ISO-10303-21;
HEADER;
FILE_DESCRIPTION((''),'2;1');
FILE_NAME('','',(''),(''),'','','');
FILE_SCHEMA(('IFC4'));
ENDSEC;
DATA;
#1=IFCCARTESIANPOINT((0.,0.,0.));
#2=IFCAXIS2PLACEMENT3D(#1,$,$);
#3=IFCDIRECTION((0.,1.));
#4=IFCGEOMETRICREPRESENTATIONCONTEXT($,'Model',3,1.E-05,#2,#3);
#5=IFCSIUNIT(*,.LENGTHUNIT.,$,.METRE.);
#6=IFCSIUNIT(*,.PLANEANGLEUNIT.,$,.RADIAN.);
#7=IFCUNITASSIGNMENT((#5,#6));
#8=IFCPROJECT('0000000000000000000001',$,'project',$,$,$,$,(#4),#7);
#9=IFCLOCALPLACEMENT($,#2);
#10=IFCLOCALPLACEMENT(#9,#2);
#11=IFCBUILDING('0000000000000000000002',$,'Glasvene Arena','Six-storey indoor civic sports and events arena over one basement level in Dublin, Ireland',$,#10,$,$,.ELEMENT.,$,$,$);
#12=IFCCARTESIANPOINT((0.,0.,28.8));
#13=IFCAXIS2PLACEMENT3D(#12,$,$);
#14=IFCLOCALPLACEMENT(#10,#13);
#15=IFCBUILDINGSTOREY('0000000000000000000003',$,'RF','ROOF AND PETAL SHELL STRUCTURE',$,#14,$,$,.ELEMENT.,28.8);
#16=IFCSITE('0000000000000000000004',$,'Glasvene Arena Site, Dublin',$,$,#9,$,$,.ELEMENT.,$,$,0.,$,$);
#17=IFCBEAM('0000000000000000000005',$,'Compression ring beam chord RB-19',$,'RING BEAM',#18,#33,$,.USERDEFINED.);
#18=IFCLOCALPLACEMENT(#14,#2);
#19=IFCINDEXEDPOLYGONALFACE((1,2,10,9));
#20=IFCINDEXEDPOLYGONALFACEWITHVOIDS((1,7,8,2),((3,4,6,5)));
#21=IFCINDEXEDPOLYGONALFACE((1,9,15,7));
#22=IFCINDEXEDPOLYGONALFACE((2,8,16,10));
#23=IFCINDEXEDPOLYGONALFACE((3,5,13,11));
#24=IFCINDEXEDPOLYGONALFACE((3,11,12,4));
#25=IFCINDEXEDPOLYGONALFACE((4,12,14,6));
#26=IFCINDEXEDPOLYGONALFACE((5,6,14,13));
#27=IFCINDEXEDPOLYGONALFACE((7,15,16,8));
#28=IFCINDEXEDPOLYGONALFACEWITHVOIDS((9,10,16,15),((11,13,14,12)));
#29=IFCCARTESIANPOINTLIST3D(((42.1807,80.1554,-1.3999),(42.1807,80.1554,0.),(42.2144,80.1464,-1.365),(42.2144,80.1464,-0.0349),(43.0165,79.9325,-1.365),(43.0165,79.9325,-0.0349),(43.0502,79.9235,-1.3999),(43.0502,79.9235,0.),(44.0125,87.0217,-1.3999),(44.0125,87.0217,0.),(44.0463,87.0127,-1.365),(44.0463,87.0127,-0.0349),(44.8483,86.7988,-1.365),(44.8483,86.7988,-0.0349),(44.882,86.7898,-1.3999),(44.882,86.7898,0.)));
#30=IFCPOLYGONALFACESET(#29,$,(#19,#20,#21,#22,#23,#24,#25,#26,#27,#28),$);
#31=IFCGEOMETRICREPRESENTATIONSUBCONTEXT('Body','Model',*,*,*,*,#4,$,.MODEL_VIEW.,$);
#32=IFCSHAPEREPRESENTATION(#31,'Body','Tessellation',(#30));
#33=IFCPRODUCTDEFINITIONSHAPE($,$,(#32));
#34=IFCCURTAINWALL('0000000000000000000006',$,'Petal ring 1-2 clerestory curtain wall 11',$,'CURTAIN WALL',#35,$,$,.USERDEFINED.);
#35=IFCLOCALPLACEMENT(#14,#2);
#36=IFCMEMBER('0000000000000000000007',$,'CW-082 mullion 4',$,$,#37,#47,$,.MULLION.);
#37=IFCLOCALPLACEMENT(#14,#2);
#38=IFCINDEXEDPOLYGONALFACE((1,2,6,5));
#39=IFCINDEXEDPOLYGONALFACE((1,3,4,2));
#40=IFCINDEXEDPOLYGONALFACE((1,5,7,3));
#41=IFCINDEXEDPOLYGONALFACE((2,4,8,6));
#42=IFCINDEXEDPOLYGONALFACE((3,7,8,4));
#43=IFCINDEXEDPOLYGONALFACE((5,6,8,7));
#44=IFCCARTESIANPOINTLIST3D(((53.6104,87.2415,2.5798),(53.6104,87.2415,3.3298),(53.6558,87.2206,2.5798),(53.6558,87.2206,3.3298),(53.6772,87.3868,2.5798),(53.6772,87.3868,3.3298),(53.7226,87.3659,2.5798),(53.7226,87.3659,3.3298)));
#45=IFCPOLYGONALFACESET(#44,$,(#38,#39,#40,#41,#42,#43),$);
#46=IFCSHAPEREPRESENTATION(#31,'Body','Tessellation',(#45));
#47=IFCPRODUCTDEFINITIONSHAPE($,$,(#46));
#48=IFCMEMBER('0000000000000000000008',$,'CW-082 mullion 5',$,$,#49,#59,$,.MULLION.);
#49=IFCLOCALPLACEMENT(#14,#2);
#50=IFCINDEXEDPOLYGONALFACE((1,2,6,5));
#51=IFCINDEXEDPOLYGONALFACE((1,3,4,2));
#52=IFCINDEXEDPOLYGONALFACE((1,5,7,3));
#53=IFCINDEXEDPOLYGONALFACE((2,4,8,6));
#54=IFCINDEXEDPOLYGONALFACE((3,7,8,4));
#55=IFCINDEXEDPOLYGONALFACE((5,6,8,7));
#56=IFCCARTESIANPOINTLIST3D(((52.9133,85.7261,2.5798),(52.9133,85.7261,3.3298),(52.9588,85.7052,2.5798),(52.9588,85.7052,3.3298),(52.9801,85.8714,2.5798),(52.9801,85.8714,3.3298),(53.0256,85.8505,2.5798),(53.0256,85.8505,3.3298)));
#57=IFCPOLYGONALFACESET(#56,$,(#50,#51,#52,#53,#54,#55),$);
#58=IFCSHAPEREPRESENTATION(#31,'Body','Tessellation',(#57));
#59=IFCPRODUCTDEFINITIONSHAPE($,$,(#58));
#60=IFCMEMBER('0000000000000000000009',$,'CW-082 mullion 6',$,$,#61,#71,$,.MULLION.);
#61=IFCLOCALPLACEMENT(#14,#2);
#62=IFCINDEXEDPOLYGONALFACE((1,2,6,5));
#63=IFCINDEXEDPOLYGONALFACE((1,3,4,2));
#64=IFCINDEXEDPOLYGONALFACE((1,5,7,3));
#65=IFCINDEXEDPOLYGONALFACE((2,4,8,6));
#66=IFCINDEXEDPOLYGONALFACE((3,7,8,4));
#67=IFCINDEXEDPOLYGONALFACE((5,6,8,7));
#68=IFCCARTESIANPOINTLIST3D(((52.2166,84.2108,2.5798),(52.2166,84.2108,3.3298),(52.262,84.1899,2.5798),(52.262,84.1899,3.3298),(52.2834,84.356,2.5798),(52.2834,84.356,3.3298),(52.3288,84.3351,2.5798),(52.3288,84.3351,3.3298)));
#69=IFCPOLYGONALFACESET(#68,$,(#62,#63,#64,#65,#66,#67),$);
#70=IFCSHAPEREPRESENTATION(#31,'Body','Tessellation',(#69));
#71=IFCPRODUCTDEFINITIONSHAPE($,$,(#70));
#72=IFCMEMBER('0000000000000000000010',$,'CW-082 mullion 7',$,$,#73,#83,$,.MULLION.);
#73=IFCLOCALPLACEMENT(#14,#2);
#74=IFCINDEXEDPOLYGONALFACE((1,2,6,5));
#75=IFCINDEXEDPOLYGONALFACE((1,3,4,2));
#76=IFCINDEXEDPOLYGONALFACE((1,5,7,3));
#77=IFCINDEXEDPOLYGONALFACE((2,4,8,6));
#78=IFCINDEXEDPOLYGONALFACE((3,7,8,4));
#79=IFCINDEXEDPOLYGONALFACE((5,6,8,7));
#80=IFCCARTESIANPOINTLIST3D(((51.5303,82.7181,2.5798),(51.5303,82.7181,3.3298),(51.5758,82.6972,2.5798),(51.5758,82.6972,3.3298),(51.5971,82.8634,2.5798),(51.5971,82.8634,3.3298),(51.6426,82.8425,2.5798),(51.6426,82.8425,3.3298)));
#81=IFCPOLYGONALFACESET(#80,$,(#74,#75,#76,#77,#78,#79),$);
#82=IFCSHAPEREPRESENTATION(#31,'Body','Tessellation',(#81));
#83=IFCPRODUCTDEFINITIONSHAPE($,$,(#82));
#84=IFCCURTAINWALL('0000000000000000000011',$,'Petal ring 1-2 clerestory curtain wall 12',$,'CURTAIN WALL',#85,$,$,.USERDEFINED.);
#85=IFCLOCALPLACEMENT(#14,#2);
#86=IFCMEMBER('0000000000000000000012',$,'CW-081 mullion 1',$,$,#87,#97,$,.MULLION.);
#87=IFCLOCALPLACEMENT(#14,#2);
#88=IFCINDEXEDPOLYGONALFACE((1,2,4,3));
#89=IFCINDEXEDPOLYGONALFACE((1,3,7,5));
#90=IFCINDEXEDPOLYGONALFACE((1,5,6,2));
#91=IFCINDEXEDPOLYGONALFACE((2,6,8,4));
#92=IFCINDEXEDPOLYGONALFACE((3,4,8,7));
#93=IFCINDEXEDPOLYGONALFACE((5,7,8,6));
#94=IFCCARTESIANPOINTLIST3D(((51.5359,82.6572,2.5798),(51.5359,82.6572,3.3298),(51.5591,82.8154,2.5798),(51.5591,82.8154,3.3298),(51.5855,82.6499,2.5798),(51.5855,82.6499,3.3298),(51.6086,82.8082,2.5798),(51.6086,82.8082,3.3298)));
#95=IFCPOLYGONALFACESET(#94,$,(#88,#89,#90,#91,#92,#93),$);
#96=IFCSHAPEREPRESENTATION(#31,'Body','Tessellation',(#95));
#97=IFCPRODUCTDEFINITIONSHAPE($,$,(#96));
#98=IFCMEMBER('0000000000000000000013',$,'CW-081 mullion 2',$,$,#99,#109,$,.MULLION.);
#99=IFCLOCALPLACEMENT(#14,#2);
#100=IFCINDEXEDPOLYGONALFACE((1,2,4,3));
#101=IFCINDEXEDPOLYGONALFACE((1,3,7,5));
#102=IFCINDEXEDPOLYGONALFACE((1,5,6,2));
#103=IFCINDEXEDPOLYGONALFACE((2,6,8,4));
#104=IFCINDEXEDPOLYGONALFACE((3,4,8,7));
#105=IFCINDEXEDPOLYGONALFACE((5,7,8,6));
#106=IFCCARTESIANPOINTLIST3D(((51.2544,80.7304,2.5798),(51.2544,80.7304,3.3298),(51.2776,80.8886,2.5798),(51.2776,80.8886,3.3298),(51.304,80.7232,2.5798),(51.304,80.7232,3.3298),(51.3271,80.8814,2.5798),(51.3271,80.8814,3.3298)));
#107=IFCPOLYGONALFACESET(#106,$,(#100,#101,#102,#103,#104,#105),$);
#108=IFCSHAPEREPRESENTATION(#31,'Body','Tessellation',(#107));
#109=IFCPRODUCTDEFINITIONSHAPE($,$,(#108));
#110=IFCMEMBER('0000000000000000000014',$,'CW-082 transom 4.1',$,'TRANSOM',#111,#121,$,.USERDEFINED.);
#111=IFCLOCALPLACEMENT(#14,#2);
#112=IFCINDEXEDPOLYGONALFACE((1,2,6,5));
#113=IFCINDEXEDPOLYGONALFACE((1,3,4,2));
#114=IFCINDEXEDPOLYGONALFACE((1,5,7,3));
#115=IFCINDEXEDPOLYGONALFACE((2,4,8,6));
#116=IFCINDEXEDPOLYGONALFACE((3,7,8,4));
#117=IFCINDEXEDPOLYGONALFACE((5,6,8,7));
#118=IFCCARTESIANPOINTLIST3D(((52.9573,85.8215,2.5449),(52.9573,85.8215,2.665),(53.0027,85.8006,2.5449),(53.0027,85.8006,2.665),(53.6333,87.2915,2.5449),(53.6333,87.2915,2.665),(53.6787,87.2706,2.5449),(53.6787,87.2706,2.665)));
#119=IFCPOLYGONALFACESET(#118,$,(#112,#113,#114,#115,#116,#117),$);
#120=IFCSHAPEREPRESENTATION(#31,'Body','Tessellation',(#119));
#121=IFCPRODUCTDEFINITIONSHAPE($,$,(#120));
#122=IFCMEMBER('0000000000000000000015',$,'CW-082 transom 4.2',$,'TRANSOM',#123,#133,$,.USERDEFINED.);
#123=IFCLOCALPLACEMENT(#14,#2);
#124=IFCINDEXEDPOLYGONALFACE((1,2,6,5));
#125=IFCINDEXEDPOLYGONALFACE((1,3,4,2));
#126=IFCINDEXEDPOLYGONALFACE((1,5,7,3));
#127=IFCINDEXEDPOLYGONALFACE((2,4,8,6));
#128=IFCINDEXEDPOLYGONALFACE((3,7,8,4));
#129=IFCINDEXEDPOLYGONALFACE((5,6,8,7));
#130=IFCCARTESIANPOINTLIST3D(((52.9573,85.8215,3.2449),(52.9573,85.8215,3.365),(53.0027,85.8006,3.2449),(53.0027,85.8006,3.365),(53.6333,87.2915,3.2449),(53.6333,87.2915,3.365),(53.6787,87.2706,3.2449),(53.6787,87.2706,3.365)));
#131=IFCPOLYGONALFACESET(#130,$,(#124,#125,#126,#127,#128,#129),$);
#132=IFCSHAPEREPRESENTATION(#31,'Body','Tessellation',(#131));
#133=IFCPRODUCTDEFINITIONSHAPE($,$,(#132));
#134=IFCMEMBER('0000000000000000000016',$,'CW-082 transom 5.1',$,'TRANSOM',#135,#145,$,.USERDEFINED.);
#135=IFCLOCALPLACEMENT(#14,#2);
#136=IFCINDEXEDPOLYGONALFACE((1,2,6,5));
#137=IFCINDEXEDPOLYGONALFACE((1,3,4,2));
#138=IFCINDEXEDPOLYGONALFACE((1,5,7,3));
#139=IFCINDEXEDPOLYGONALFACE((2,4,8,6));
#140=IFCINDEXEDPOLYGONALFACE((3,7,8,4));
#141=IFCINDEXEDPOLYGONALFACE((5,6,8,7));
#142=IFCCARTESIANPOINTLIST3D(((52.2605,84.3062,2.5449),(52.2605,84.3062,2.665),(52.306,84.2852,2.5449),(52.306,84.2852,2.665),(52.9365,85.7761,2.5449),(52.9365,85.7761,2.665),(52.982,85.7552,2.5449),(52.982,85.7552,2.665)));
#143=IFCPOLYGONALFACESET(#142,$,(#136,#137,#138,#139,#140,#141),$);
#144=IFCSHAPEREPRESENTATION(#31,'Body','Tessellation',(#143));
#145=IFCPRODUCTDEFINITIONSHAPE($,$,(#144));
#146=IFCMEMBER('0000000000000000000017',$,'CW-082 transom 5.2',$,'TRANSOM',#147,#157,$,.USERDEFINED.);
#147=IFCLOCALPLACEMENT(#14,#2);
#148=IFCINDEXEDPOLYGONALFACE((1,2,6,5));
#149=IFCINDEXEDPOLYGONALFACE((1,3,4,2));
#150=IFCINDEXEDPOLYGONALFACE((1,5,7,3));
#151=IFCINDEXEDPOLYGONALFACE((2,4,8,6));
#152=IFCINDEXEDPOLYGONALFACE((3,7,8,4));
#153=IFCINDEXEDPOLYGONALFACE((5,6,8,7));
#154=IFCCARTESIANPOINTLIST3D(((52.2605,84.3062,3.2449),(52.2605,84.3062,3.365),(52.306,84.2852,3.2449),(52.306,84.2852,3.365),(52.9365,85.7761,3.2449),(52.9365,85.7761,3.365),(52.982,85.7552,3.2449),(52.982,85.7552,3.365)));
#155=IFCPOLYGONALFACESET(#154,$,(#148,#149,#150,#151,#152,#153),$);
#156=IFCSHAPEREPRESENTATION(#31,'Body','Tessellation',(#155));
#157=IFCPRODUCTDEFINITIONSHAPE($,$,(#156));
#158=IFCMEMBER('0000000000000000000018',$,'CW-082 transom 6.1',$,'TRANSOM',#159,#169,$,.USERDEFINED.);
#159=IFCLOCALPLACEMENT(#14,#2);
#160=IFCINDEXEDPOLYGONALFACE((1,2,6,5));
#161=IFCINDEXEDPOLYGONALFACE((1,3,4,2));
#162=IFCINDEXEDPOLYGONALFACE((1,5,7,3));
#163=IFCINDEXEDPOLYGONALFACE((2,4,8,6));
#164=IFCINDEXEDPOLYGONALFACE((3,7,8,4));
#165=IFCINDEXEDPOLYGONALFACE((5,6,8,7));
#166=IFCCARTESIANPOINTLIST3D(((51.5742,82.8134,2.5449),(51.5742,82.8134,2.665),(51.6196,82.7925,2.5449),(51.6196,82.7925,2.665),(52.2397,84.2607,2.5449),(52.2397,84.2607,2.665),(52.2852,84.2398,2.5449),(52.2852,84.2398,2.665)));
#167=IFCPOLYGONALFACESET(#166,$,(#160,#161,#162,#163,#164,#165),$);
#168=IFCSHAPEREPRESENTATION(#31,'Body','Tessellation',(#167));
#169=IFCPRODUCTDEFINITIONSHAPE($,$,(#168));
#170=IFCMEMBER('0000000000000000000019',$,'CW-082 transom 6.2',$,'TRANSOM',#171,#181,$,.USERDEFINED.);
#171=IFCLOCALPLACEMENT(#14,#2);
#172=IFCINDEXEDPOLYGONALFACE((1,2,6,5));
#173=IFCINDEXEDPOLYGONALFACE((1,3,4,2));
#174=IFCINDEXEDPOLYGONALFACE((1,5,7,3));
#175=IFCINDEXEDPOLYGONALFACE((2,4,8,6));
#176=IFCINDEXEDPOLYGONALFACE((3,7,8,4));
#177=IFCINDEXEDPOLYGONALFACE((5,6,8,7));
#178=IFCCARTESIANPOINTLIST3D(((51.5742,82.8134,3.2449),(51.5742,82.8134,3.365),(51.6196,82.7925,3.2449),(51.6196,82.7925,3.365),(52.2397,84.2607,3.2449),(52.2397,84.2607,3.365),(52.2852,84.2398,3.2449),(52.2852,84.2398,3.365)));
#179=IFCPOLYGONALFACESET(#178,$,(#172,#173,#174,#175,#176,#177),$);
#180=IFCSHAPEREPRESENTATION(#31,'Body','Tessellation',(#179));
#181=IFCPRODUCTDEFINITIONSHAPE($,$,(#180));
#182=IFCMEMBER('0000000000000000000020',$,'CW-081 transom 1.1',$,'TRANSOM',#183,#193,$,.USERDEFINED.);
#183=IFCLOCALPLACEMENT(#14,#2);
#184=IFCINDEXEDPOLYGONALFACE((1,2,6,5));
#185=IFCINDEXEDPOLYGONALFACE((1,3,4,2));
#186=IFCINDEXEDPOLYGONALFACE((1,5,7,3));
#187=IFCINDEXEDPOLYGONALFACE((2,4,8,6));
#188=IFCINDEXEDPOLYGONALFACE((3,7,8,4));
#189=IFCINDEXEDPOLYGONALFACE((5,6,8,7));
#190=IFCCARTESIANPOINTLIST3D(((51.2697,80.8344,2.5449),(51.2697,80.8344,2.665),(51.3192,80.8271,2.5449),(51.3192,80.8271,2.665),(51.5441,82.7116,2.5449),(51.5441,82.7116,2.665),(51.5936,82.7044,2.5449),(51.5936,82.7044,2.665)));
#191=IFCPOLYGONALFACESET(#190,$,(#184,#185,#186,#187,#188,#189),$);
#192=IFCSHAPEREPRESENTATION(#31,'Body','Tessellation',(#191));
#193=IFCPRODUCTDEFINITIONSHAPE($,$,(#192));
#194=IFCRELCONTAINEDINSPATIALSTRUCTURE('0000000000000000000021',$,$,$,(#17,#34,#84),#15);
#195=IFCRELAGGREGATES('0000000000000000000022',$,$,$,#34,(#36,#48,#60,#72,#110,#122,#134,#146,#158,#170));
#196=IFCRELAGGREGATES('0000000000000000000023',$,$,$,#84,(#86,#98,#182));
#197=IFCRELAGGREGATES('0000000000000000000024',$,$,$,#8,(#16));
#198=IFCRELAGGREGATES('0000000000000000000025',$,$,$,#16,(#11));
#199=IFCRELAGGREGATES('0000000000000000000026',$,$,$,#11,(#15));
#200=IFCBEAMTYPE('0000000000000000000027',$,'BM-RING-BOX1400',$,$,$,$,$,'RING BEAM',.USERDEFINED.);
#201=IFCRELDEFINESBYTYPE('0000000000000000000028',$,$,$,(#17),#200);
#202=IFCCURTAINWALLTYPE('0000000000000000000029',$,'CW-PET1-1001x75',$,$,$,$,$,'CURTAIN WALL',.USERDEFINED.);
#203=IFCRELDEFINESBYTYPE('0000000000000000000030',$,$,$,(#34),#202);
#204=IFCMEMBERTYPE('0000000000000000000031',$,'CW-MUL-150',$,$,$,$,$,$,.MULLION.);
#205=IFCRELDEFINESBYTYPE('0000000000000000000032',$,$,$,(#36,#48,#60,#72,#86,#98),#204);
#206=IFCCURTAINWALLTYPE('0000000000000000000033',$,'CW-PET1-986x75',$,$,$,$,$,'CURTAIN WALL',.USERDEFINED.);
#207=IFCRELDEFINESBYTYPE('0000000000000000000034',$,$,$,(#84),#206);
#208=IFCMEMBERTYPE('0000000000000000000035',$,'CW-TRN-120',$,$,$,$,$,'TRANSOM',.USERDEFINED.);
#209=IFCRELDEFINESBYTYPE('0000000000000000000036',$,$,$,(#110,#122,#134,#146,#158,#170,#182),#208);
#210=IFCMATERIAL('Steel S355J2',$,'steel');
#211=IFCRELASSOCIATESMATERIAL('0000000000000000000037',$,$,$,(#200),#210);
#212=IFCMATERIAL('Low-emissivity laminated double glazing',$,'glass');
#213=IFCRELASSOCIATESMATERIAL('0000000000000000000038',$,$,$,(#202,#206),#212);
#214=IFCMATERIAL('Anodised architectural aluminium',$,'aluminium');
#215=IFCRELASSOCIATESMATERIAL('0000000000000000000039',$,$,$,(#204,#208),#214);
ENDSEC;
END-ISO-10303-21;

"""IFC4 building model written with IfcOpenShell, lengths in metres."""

from ifc_helpers import new_model, si_unit, direction, frame, origin, origin_2d, place, context, subcontext, project, spatial, rectangle, hollow_rectangle, extrude, material, material_profile, profile_set, type_object, element, aggregate, save


model = new_model("IFC4")

# Units and contexts
model_context = context("Model", 3, precision=1e-05, world=origin(), true_north=direction((0.0, 1.0)))
body_context = subcontext(model_context, "Body", "Model", "MODEL_VIEW")
ifc_project = project(units=[si_unit("LENGTHUNIT", "METRE"), si_unit("PLANEANGLEUNIT", "RADIAN")], contexts=[model_context])

# Site, building, storey
site_placement = place(None, origin())
site = spatial("IfcSite", under=ifc_project, at=site_placement, Name="Glasvene Arena Site, Dublin", CompositionType="ELEMENT", RefElevation=0.0)
building_placement = place(site_placement, origin())
building = spatial("IfcBuilding", under=site, at=building_placement, Name="Glasvene Arena", Description="Six-storey indoor civic sports and events arena over one basement level in Dublin, Ireland", CompositionType="ELEMENT")
storey_placement = place(building_placement, frame((0.0, 0.0, 28.8)))
storey = spatial("IfcBuildingStorey", under=building, at=storey_placement, Name="RF", Description="ROOF AND PETAL SHELL STRUCTURE", CompositionType="ELEMENT", Elevation=28.8)

# Beam
ifc_material_1 = material(Name="Steel S355J2", Category="steel")
ifc_material_profile_1 = material_profile(ifc_material_1, hollow_rectangle(XDim=0.8999, YDim=1.3999, WallThickness=0.0349, at=origin_2d()), Name="WBOX 900x1400x35")
ifc_profile_set_1 = profile_set([ifc_material_profile_1], Name="Steel S355J2")
beam_type = type_object("IfcBeamType", Name="BM-RING-BOX1400", ElementType="RING BEAM", PredefinedType="USERDEFINED", material=ifc_profile_set_1)
beam_placement = place(storey_placement, frame((44.4473, 86.9058, -0.7), z_axis=(-0.257767, -0.966207, 0.0), x_axis=(0.966207, -0.257767, 0.0)))
element("IfcBeam", 1, at=beam_placement, inside=storey, type_object=beam_type, Name="Compression ring beam chord RB-19", ObjectType="RING BEAM", PredefinedType="USERDEFINED", context=body_context, shape_type="SweptSolid", body=[
    extrude(hollow_rectangle(XDim=0.8999, YDim=1.3999, WallThickness=0.0349, at=origin_2d()), origin(), (0.0, 0.0, 1.0), 7.1064),
])

# Curtain walls, members
ifc_material_2 = material(Name="Low-emissivity laminated double glazing", Category="glass")
curtain_wall_type_1 = type_object("IfcCurtainWallType", Name="CW-PET1-1001x75", ElementType="CURTAIN WALL", PredefinedType="USERDEFINED", material=ifc_material_2)
curtain_wall_1_placement = place(storey_placement, frame((55.7568, 91.8501, 0.0)))
curtain_wall_1 = element("IfcCurtainWall", 2, at=curtain_wall_1_placement, inside=storey, type_object=curtain_wall_type_1, Name="Petal ring 1-2 clerestory curtain wall 11", ObjectType="CURTAIN WALL", PredefinedType="USERDEFINED")
ifc_material_3 = material(Name="Anodised architectural aluminium", Category="aluminium")
ifc_material_profile_2 = material_profile(ifc_material_3, rectangle(XDim=0.05, YDim=0.1599, at=origin_2d()), Name="ALU MULLION 50x160")
ifc_profile_set_2 = profile_set([ifc_material_profile_2], Name="Anodised architectural aluminium")
member_type_1 = type_object("IfcMemberType", Name="CW-MUL-150", PredefinedType="MULLION", material=ifc_profile_set_2)
member_1_placement = place(storey_placement, frame((53.6665, 87.3037, 2.5798), z_axis=(0.0, 0.0, 1.0), x_axis=(0.908557, -0.417761, 0.0)))
member_1 = element("IfcMember", 3, at=member_1_placement, type_object=member_type_1, Name="CW-082 mullion 4", PredefinedType="MULLION", context=body_context, shape_type="SweptSolid", body=[
    extrude(rectangle(XDim=0.05, YDim=0.1599, at=origin_2d()), origin(), (0.0, 0.0, 1.0), 0.75),
])
member_2_placement = place(storey_placement, frame((52.9695, 85.7883, 2.5798), z_axis=(0.0, 0.0, 1.0), x_axis=(0.908557, -0.417761, 0.0)))
member_2 = element("IfcMember", 4, at=member_2_placement, type_object=member_type_1, Name="CW-082 mullion 5", PredefinedType="MULLION", context=body_context, shape_type="SweptSolid", body=[
    extrude(rectangle(XDim=0.05, YDim=0.1599, at=origin_2d()), origin(), (0.0, 0.0, 1.0), 0.75),
])
member_3_placement = place(storey_placement, frame((52.2727, 84.2729, 2.5798), z_axis=(0.0, 0.0, 1.0), x_axis=(0.908557, -0.417761, 0.0)))
member_3 = element("IfcMember", 5, at=member_3_placement, type_object=member_type_1, Name="CW-082 mullion 6", PredefinedType="MULLION", context=body_context, shape_type="SweptSolid", body=[
    extrude(rectangle(XDim=0.05, YDim=0.1599, at=origin_2d()), origin(), (0.0, 0.0, 1.0), 0.75),
])
member_4_placement = place(storey_placement, frame((51.5864, 82.7803, 2.5798), z_axis=(0.0, 0.0, 1.0), x_axis=(0.908557, -0.417761, 0.0)))
member_4 = element("IfcMember", 6, at=member_4_placement, type_object=member_type_1, Name="CW-082 mullion 7", PredefinedType="MULLION", context=body_context, shape_type="SweptSolid", body=[
    extrude(rectangle(XDim=0.05, YDim=0.1599, at=origin_2d()), origin(), (0.0, 0.0, 1.0), 0.75),
])
curtain_wall_type_2 = type_object("IfcCurtainWallType", Name="CW-PET1-986x75", ElementType="CURTAIN WALL", PredefinedType="USERDEFINED", material=ifc_material_2)
curtain_wall_2_placement = place(storey_placement, frame((51.5759, 82.7576, 0.0)))
curtain_wall_2 = element("IfcCurtainWall", 7, at=curtain_wall_2_placement, inside=storey, type_object=curtain_wall_type_2, Name="Petal ring 1-2 clerestory curtain wall 12", ObjectType="CURTAIN WALL", PredefinedType="USERDEFINED")
member_5_placement = place(storey_placement, frame((51.5723, 82.7327, 2.5798), z_axis=(0.0, 0.0, 1.0), x_axis=(0.989489, -0.144608, 0.0)))
member_5 = element("IfcMember", 8, at=member_5_placement, type_object=member_type_1, Name="CW-081 mullion 1", PredefinedType="MULLION", context=body_context, shape_type="SweptSolid", body=[
    extrude(rectangle(XDim=0.05, YDim=0.1599, at=origin_2d()), origin(), (0.0, 0.0, 1.0), 0.75),
])
member_6_placement = place(storey_placement, frame((51.2908, 80.8059, 2.5798), z_axis=(0.0, 0.0, 1.0), x_axis=(0.989489, -0.144608, 0.0)))
member_6 = element("IfcMember", 9, at=member_6_placement, type_object=member_type_1, Name="CW-081 mullion 2", PredefinedType="MULLION", context=body_context, shape_type="SweptSolid", body=[
    extrude(rectangle(XDim=0.05, YDim=0.1599, at=origin_2d()), origin(), (0.0, 0.0, 1.0), 0.75),
])

# Members
ifc_material_profile_3 = material_profile(ifc_material_3, rectangle(XDim=0.05, YDim=0.1201, at=origin_2d()), Name="ALU TRANSOM 50x120")
ifc_profile_set_3 = profile_set([ifc_material_profile_3], Name="Anodised architectural aluminium")
member_type_2 = type_object("IfcMemberType", Name="CW-TRN-120", ElementType="TRANSOM", PredefinedType="USERDEFINED", material=ifc_profile_set_3)
member_7_placement = place(storey_placement, frame((53.656, 87.281, 2.605), z_axis=(-0.417823, -0.908528, 0.0), x_axis=(0.908528, -0.417823, 0.0)))
member_7 = element("IfcMember", 10, at=member_7_placement, type_object=member_type_2, Name="CW-082 transom 4.1", ObjectType="TRANSOM", PredefinedType="USERDEFINED", context=body_context, shape_type="SweptSolid", body=[
    extrude(rectangle(XDim=0.05, YDim=0.1201, at=origin_2d()), origin(), (0.0, 0.0, 1.0), 1.6179),
])
member_8_placement = place(storey_placement, frame((53.656, 87.281, 3.3049), z_axis=(-0.417823, -0.908528, 0.0), x_axis=(0.908528, -0.417823, 0.0)))
member_8 = element("IfcMember", 11, at=member_8_placement, type_object=member_type_2, Name="CW-082 transom 4.2", ObjectType="TRANSOM", PredefinedType="USERDEFINED", context=body_context, shape_type="SweptSolid", body=[
    extrude(rectangle(XDim=0.05, YDim=0.1201, at=origin_2d()), origin(), (0.0, 0.0, 1.0), 1.6179),
])
member_9_placement = place(storey_placement, frame((52.9592, 85.7656, 2.605), z_axis=(-0.417823, -0.908528, 0.0), x_axis=(0.908528, -0.417823, 0.0)))
member_9 = element("IfcMember", 12, at=member_9_placement, type_object=member_type_2, Name="CW-082 transom 5.1", ObjectType="TRANSOM", PredefinedType="USERDEFINED", context=body_context, shape_type="SweptSolid", body=[
    extrude(rectangle(XDim=0.05, YDim=0.1201, at=origin_2d()), origin(), (0.0, 0.0, 1.0), 1.6179),
])
member_10_placement = place(storey_placement, frame((52.9592, 85.7656, 3.3049), z_axis=(-0.417823, -0.908528, 0.0), x_axis=(0.908528, -0.417823, 0.0)))
member_10 = element("IfcMember", 13, at=member_10_placement, type_object=member_type_2, Name="CW-082 transom 5.2", ObjectType="TRANSOM", PredefinedType="USERDEFINED", context=body_context, shape_type="SweptSolid", body=[
    extrude(rectangle(XDim=0.05, YDim=0.1201, at=origin_2d()), origin(), (0.0, 0.0, 1.0), 1.6179),
])
member_11_placement = place(storey_placement, frame((52.2625, 84.2502, 2.605), z_axis=(-0.417794, -0.908542, 0.0), x_axis=(0.908542, -0.417794, 0.0)))
member_11 = element("IfcMember", 14, at=member_11_placement, type_object=member_type_2, Name="CW-082 transom 6.1", ObjectType="TRANSOM", PredefinedType="USERDEFINED", context=body_context, shape_type="SweptSolid", body=[
    extrude(rectangle(XDim=0.05, YDim=0.1201, at=origin_2d()), origin(), (0.0, 0.0, 1.0), 1.593),
])
member_12_placement = place(storey_placement, frame((52.2625, 84.2502, 3.3049), z_axis=(-0.417794, -0.908542, 0.0), x_axis=(0.908542, -0.417794, 0.0)))
member_12 = element("IfcMember", 15, at=member_12_placement, type_object=member_type_2, Name="CW-082 transom 6.2", ObjectType="TRANSOM", PredefinedType="USERDEFINED", context=body_context, shape_type="SweptSolid", body=[
    extrude(rectangle(XDim=0.05, YDim=0.1201, at=origin_2d()), origin(), (0.0, 0.0, 1.0), 1.593),
])
member_13_placement = place(storey_placement, frame((51.5688, 82.708, 2.605), z_axis=(-0.144646, -0.989484, 0.0), x_axis=(0.989484, -0.144646, 0.0)))
member_13 = element("IfcMember", 16, at=member_13_placement, type_object=member_type_2, Name="CW-081 transom 1.1", ObjectType="TRANSOM", PredefinedType="USERDEFINED", context=body_context, shape_type="SweptSolid", body=[
    extrude(rectangle(XDim=0.05, YDim=0.1201, at=origin_2d()), origin(), (0.0, 0.0, 1.0), 1.8972),
])

aggregate(curtain_wall_1, [member_1, member_2, member_3, member_4, member_7, member_8, member_9, member_10, member_11, member_12])
aggregate(curtain_wall_2, [member_5, member_6, member_13])

save(model, "model.ifc")
